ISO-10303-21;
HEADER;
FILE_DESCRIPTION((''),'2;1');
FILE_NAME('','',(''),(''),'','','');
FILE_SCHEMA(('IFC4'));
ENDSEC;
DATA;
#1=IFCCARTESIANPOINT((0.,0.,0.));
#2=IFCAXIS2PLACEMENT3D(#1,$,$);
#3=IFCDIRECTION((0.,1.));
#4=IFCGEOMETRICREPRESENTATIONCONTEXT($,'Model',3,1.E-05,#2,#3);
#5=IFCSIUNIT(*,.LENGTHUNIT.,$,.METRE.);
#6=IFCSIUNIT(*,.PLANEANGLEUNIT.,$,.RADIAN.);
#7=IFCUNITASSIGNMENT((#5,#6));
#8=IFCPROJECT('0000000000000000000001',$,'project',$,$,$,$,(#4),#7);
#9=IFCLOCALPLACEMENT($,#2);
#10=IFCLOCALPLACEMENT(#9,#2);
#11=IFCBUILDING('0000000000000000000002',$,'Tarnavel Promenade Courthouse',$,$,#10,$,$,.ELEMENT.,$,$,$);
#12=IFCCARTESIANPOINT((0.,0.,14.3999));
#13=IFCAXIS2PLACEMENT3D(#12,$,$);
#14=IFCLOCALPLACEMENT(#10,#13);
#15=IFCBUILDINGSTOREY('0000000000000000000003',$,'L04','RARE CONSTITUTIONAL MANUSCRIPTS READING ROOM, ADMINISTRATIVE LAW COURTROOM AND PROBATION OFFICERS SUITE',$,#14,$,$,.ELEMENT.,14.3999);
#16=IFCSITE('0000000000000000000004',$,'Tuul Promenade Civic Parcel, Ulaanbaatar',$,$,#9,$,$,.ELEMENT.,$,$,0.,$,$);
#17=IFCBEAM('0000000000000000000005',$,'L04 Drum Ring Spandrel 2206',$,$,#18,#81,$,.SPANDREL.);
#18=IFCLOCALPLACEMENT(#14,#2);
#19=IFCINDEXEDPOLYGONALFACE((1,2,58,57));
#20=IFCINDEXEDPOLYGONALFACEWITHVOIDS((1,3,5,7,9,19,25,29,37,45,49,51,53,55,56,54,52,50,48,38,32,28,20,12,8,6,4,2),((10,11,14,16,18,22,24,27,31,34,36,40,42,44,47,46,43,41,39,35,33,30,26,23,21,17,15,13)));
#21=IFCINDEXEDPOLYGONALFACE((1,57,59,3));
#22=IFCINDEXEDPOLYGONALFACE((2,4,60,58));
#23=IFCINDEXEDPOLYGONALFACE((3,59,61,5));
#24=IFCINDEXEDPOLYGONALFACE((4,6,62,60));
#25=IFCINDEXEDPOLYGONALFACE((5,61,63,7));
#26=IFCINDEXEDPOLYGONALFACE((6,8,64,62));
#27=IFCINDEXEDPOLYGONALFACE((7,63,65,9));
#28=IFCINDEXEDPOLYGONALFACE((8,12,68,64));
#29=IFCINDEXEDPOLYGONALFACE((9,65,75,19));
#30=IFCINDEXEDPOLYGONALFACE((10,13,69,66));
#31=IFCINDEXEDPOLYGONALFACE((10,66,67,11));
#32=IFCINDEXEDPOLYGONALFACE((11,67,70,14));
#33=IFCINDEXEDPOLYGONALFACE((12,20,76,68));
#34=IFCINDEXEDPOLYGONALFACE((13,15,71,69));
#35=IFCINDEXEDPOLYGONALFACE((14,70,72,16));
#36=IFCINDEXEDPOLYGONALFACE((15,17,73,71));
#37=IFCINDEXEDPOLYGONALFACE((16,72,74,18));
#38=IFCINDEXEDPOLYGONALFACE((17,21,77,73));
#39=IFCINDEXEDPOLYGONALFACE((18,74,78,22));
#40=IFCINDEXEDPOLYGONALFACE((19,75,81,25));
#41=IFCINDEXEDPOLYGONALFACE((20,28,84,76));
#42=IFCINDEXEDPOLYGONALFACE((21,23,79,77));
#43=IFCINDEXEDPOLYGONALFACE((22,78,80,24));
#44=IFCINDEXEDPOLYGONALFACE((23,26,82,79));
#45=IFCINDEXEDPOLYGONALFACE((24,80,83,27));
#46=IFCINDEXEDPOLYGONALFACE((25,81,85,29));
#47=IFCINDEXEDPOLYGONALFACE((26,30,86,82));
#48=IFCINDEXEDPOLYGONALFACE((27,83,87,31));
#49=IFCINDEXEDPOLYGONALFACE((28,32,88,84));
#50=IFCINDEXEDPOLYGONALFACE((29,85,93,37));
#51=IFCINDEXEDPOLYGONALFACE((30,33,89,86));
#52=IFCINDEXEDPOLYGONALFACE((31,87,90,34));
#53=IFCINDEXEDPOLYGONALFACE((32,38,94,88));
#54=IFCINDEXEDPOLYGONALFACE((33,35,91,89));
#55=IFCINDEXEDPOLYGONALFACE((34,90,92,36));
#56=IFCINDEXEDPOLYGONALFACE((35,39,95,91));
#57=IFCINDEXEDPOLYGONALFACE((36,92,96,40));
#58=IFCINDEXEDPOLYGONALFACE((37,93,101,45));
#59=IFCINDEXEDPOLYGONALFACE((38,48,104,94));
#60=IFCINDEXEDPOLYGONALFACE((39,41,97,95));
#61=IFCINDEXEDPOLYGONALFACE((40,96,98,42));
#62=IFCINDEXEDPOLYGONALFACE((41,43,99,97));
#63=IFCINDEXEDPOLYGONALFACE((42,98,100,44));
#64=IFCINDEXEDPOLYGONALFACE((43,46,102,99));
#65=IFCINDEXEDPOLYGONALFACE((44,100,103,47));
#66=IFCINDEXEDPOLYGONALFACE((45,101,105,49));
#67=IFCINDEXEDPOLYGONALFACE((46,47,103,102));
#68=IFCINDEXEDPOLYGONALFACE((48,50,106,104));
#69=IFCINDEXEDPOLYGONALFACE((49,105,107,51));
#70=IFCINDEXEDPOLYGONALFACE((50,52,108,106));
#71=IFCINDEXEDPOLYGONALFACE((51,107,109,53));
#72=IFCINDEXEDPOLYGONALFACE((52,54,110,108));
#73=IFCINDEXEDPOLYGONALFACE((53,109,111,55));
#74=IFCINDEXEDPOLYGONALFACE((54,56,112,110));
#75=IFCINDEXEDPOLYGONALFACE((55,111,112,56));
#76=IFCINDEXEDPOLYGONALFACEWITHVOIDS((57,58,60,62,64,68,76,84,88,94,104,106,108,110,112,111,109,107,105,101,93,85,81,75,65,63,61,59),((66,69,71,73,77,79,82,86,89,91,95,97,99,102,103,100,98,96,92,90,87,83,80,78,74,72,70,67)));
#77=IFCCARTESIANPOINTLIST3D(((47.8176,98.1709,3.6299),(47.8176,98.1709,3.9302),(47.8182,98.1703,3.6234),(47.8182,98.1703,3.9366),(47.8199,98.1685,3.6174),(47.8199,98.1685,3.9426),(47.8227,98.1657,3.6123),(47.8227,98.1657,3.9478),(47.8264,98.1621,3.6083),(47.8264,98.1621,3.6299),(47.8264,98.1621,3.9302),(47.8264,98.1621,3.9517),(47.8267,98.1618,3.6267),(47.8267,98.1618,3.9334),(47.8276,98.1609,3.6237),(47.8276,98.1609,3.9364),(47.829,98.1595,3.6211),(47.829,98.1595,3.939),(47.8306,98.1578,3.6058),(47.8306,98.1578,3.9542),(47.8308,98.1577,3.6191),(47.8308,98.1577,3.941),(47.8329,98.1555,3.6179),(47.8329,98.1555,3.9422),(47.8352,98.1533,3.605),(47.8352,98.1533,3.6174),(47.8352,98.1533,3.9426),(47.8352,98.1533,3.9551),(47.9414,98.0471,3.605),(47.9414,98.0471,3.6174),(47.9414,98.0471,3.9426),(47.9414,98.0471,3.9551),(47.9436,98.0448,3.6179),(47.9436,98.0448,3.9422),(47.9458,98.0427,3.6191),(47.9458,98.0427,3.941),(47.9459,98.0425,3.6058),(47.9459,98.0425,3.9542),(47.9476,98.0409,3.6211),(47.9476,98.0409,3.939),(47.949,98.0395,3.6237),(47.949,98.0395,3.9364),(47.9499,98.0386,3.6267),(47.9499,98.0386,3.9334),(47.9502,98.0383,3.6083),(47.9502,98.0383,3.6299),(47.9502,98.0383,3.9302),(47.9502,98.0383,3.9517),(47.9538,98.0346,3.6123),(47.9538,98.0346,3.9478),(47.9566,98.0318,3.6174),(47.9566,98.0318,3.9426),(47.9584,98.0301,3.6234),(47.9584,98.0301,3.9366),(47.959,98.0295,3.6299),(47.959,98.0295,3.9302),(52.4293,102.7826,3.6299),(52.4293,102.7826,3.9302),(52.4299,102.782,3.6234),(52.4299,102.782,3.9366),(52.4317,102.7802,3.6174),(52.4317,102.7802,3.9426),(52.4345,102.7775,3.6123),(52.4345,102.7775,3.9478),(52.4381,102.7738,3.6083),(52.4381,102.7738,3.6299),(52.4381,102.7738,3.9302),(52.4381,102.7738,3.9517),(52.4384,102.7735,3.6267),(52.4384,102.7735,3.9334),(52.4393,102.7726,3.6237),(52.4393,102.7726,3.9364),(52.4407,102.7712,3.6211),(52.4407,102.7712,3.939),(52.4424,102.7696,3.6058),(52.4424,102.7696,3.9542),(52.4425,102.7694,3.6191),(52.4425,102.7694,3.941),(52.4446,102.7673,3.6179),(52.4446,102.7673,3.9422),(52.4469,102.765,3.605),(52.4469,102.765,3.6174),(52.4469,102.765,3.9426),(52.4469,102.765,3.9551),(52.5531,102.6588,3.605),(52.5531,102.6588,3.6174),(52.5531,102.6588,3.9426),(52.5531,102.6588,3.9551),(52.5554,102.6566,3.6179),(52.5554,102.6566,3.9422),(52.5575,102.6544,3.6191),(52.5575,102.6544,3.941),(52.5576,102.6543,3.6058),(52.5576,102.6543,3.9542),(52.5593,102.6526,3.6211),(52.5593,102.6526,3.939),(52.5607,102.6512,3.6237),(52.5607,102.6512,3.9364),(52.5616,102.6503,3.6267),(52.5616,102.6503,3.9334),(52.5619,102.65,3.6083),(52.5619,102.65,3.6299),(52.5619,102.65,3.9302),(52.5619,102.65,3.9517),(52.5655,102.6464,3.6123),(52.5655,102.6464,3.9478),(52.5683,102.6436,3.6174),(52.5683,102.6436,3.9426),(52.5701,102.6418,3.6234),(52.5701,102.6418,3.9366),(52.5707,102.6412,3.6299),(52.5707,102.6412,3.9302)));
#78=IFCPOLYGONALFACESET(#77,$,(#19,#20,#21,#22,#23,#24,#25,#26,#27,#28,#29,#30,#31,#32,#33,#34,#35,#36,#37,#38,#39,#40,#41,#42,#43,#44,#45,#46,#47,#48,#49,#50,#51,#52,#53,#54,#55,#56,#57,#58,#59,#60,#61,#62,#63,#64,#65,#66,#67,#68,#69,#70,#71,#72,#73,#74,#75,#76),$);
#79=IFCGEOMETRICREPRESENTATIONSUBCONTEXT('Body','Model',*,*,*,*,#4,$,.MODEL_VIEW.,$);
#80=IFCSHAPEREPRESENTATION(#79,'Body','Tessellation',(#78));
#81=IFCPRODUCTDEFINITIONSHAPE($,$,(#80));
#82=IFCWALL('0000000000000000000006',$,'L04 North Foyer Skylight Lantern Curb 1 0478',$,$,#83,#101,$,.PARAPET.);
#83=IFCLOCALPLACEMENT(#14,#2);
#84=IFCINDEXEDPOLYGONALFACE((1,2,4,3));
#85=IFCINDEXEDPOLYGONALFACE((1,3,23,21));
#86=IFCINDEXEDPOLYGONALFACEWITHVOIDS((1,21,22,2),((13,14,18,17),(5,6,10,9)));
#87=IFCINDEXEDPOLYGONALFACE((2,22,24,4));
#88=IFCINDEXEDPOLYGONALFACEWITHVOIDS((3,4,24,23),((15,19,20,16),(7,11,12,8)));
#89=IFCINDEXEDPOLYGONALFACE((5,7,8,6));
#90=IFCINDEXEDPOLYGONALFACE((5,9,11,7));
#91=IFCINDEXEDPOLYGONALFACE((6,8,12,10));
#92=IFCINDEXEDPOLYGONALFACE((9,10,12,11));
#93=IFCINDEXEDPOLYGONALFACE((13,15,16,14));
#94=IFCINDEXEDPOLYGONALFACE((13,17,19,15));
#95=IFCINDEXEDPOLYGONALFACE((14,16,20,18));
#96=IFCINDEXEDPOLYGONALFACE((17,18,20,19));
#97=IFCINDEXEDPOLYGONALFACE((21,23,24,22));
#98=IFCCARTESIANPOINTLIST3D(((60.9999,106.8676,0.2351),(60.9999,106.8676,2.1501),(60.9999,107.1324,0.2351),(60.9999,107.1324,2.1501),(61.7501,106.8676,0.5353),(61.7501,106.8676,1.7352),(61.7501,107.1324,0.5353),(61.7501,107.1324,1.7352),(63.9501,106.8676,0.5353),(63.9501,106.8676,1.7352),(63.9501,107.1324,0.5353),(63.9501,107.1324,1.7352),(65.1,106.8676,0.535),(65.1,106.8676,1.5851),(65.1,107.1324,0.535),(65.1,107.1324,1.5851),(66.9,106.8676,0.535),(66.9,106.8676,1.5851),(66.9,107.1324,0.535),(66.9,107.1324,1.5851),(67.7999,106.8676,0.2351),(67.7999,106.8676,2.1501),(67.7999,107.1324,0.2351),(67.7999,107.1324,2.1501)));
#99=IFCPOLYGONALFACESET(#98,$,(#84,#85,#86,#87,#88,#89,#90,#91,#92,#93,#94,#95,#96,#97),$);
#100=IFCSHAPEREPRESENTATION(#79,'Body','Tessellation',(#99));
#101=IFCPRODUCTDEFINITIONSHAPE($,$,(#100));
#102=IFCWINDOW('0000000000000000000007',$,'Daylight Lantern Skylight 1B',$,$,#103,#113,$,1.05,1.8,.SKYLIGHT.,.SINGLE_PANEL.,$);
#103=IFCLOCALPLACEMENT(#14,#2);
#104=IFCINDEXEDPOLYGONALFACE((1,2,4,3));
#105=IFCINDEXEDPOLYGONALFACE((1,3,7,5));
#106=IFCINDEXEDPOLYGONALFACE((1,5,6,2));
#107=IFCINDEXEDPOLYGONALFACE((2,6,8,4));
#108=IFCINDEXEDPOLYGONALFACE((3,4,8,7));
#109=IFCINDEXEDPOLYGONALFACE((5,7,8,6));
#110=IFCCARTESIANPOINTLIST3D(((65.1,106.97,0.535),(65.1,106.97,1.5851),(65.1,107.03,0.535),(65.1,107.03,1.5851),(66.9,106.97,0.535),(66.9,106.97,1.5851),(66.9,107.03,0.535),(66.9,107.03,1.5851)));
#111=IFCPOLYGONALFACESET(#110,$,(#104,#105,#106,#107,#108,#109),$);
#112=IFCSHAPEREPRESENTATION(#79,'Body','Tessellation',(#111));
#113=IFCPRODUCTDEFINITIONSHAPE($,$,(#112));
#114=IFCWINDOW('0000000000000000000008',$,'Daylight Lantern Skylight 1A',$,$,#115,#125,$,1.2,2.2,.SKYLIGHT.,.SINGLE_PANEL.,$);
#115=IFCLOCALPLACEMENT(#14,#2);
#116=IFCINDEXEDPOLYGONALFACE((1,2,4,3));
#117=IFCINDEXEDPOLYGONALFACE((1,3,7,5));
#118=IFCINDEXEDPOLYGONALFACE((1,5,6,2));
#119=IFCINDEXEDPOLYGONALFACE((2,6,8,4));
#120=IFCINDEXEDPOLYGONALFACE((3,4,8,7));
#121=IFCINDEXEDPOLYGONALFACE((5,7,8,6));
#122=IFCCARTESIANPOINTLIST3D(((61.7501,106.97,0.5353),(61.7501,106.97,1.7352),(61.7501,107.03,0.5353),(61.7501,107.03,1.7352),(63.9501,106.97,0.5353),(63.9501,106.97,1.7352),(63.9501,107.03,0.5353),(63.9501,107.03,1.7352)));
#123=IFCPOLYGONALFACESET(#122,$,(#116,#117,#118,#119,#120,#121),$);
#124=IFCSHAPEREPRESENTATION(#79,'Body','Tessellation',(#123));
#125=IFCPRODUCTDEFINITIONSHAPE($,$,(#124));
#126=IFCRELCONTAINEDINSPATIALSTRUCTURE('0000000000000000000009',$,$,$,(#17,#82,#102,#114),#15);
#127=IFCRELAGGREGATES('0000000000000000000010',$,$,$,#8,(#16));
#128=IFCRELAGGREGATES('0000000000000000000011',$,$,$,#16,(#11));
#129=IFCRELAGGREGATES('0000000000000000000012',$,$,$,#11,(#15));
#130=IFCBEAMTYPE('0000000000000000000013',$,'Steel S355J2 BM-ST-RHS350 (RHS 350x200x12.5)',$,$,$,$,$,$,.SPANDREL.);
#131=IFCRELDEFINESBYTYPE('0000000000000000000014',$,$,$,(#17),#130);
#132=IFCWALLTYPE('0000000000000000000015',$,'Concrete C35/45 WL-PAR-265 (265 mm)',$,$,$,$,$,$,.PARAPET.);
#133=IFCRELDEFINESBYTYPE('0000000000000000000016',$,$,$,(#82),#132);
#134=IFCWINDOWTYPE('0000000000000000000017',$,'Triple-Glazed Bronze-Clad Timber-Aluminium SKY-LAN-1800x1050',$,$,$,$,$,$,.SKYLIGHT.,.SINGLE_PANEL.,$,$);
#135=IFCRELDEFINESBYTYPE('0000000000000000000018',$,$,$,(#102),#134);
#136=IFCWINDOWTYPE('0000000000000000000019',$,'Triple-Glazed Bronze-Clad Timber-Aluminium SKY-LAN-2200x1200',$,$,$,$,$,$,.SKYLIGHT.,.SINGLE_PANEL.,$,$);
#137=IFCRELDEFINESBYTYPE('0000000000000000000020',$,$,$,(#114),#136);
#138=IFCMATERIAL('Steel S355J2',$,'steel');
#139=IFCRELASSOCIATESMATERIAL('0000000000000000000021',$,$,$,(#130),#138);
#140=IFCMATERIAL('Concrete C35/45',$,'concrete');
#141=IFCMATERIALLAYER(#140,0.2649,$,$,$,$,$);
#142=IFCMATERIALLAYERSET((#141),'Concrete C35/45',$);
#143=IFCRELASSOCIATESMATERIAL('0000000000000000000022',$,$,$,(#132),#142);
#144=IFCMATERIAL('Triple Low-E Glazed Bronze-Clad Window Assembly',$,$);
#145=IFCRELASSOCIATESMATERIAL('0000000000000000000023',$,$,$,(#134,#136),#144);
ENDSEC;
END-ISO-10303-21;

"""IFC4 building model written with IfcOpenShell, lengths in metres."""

from ifc_helpers import new_model, si_unit, direction, frame, frame_2d, origin, origin_2d, place, context, subcontext, project, spatial, rectangle, hollow_rectangle, extrude, material, layer, layer_set, material_profile, profile_set, type_object, element, fill, save


model = new_model("IFC4")

# Units and contexts
model_context = context("Model", 3, precision=1e-05, world=origin(), true_north=direction((0.0, 1.0)))
body_context = subcontext(model_context, "Body", "Model", "MODEL_VIEW")
ifc_project = project(units=[si_unit("LENGTHUNIT", "METRE"), si_unit("PLANEANGLEUNIT", "RADIAN")], contexts=[model_context])

# Site, building, storey
site_placement = place(None, origin())
site = spatial("IfcSite", under=ifc_project, at=site_placement, Name="Tuul Promenade Civic Parcel, Ulaanbaatar", CompositionType="ELEMENT", RefElevation=0.0)
building_placement = place(site_placement, origin())
building = spatial("IfcBuilding", under=site, at=building_placement, Name="Tarnavel Promenade Courthouse", CompositionType="ELEMENT")
storey_placement = place(building_placement, frame((0.0, 0.0, 14.3999)))
storey = spatial("IfcBuildingStorey", under=building, at=storey_placement, Name="L04", Description="RARE CONSTITUTIONAL MANUSCRIPTS READING ROOM, ADMINISTRATIVE LAW COURTROOM AND PROBATION OFFICERS SUITE", CompositionType="ELEMENT", Elevation=14.3999)

# Beam
ifc_material_1 = material(Name="Steel S355J2", Category="steel")
ifc_material_profile_1 = material_profile(ifc_material_1, hollow_rectangle(XDim=0.2, YDim=0.3501, WallThickness=0.0125, InnerFilletRadius=0.0125, OuterFilletRadius=0.0249, at=origin_2d()), Name="RHS 350x200x12.5")
ifc_profile_set_1 = profile_set([ifc_material_profile_1], Name="Steel S355J2")
beam_type_1 = type_object("IfcBeamType", Name="Steel S355J2 BM-ST-RHS350 (RHS 350x200x12.5)", PredefinedType="SPANDREL", material=ifc_profile_set_1)
beam_1_placement = place(storey_placement, frame((52.5, 102.7119, 3.78), z_axis=(-0.707107, -0.707107, 0.0), x_axis=(0.707107, -0.707107, 0.0)))
element("IfcBeam", 1, at=beam_1_placement, inside=storey, type_object=beam_type_1, Name="L04 Drum Ring Spandrel 2206", PredefinedType="SPANDREL", context=body_context, shape_type="SweptSolid", body=[
    extrude(hollow_rectangle(XDim=0.2, YDim=0.3501, WallThickness=0.0125, InnerFilletRadius=0.0125, OuterFilletRadius=0.0249, at=origin_2d()), origin(), (0.0, 0.0, 1.0), 6.522),
])

# Wall, openings, windows
ifc_material_2 = material(Name="Concrete C35/45", Category="concrete")
ifc_layer_1 = layer(ifc_material_2, 0.2649)
ifc_layer_set_1 = layer_set([ifc_layer_1], Name="Concrete C35/45")
wall_type_1 = type_object("IfcWallType", Name="Concrete C35/45 WL-PAR-265 (265 mm)", PredefinedType="PARAPET", material=ifc_layer_set_1)
wall_1_placement = place(storey_placement, frame((61.0, 107.0, 0.2351), z_axis=(0.0, 0.0, 1.0), x_axis=(1.0, 0.0, 0.0)))
wall_1 = element("IfcWall", 2, at=wall_1_placement, inside=storey, type_object=wall_type_1, Name="L04 North Foyer Skylight Lantern Curb 1 0478", PredefinedType="PARAPET", context=body_context, shape_type="SweptSolid", body=[
    extrude(rectangle(XDim=6.8, YDim=0.2649, at=frame_2d((3.3999, 0.0))), origin(), (0.0, 0.0, 1.0), 1.915),
])
opening_1_placement = place(wall_1_placement, frame((0.75, 0.0, 0.3)))
opening_1 = element("IfcOpeningElement", 3, at=opening_1_placement, cuts=wall_1, PredefinedType="OPENING", context=body_context, shape_type="SweptSolid", body=[
    extrude(rectangle(XDim=2.2, YDim=1.2, at=frame_2d((1.1001, 0.6001))), frame((0.0, 0.1423, 0.0), z_axis=(0.0, -1.0, 0.0), x_axis=(1.0, 0.0, 0.0)), (0.0, 0.0, 1.0), 0.2849),
])
opening_2_placement = place(wall_1_placement, frame((4.1001, 0.0, 0.3)))
opening_2 = element("IfcOpeningElement", 4, at=opening_2_placement, cuts=wall_1, PredefinedType="OPENING", context=body_context, shape_type="SweptSolid", body=[
    extrude(rectangle(XDim=1.8, YDim=1.05, at=frame_2d((0.8999, 0.5249))), frame((0.0, 0.1423, 0.0), z_axis=(0.0, -1.0, 0.0), x_axis=(1.0, 0.0, 0.0)), (0.0, 0.0, 1.0), 0.2849),
])
ifc_material_3 = material(Name="Triple Low-E Glazed Bronze-Clad Window Assembly")
window_type_1 = type_object("IfcWindowType", Name="Triple-Glazed Bronze-Clad Timber-Aluminium SKY-LAN-1800x1050", PartitioningType="SINGLE_PANEL", PredefinedType="SKYLIGHT", material=ifc_material_3)
window_1_placement = place(opening_2_placement, origin())
window_1 = element("IfcWindow", 5, at=window_1_placement, inside=storey, type_object=window_type_1, Name="Daylight Lantern Skylight 1B", OverallHeight=1.05, OverallWidth=1.8, PartitioningType="SINGLE_PANEL", PredefinedType="SKYLIGHT", context=body_context, shape_type="SweptSolid", body=[
    extrude(rectangle(XDim=1.8, YDim=1.05, at=frame_2d((0.8999, 0.5249))), frame((0.0, 0.03, 0.0), z_axis=(0.0, -1.0, 0.0), x_axis=(1.0, 0.0, 0.0)), (0.0, 0.0, 1.0), 0.0601),
])
fill(opening_2, window_1)
window_type_2 = type_object("IfcWindowType", Name="Triple-Glazed Bronze-Clad Timber-Aluminium SKY-LAN-2200x1200", PartitioningType="SINGLE_PANEL", PredefinedType="SKYLIGHT", material=ifc_material_3)
window_2_placement = place(opening_1_placement, origin())
window_2 = element("IfcWindow", 6, at=window_2_placement, inside=storey, type_object=window_type_2, Name="Daylight Lantern Skylight 1A", OverallHeight=1.2, OverallWidth=2.2, PartitioningType="SINGLE_PANEL", PredefinedType="SKYLIGHT", context=body_context, shape_type="SweptSolid", body=[
    extrude(rectangle(XDim=2.2, YDim=1.2, at=frame_2d((1.1001, 0.6001))), frame((0.0, 0.03, 0.0), z_axis=(0.0, -1.0, 0.0), x_axis=(1.0, 0.0, 0.0)), (0.0, 0.0, 1.0), 0.0601),
])
fill(opening_1, window_2)

save(model, "model.ifc")
